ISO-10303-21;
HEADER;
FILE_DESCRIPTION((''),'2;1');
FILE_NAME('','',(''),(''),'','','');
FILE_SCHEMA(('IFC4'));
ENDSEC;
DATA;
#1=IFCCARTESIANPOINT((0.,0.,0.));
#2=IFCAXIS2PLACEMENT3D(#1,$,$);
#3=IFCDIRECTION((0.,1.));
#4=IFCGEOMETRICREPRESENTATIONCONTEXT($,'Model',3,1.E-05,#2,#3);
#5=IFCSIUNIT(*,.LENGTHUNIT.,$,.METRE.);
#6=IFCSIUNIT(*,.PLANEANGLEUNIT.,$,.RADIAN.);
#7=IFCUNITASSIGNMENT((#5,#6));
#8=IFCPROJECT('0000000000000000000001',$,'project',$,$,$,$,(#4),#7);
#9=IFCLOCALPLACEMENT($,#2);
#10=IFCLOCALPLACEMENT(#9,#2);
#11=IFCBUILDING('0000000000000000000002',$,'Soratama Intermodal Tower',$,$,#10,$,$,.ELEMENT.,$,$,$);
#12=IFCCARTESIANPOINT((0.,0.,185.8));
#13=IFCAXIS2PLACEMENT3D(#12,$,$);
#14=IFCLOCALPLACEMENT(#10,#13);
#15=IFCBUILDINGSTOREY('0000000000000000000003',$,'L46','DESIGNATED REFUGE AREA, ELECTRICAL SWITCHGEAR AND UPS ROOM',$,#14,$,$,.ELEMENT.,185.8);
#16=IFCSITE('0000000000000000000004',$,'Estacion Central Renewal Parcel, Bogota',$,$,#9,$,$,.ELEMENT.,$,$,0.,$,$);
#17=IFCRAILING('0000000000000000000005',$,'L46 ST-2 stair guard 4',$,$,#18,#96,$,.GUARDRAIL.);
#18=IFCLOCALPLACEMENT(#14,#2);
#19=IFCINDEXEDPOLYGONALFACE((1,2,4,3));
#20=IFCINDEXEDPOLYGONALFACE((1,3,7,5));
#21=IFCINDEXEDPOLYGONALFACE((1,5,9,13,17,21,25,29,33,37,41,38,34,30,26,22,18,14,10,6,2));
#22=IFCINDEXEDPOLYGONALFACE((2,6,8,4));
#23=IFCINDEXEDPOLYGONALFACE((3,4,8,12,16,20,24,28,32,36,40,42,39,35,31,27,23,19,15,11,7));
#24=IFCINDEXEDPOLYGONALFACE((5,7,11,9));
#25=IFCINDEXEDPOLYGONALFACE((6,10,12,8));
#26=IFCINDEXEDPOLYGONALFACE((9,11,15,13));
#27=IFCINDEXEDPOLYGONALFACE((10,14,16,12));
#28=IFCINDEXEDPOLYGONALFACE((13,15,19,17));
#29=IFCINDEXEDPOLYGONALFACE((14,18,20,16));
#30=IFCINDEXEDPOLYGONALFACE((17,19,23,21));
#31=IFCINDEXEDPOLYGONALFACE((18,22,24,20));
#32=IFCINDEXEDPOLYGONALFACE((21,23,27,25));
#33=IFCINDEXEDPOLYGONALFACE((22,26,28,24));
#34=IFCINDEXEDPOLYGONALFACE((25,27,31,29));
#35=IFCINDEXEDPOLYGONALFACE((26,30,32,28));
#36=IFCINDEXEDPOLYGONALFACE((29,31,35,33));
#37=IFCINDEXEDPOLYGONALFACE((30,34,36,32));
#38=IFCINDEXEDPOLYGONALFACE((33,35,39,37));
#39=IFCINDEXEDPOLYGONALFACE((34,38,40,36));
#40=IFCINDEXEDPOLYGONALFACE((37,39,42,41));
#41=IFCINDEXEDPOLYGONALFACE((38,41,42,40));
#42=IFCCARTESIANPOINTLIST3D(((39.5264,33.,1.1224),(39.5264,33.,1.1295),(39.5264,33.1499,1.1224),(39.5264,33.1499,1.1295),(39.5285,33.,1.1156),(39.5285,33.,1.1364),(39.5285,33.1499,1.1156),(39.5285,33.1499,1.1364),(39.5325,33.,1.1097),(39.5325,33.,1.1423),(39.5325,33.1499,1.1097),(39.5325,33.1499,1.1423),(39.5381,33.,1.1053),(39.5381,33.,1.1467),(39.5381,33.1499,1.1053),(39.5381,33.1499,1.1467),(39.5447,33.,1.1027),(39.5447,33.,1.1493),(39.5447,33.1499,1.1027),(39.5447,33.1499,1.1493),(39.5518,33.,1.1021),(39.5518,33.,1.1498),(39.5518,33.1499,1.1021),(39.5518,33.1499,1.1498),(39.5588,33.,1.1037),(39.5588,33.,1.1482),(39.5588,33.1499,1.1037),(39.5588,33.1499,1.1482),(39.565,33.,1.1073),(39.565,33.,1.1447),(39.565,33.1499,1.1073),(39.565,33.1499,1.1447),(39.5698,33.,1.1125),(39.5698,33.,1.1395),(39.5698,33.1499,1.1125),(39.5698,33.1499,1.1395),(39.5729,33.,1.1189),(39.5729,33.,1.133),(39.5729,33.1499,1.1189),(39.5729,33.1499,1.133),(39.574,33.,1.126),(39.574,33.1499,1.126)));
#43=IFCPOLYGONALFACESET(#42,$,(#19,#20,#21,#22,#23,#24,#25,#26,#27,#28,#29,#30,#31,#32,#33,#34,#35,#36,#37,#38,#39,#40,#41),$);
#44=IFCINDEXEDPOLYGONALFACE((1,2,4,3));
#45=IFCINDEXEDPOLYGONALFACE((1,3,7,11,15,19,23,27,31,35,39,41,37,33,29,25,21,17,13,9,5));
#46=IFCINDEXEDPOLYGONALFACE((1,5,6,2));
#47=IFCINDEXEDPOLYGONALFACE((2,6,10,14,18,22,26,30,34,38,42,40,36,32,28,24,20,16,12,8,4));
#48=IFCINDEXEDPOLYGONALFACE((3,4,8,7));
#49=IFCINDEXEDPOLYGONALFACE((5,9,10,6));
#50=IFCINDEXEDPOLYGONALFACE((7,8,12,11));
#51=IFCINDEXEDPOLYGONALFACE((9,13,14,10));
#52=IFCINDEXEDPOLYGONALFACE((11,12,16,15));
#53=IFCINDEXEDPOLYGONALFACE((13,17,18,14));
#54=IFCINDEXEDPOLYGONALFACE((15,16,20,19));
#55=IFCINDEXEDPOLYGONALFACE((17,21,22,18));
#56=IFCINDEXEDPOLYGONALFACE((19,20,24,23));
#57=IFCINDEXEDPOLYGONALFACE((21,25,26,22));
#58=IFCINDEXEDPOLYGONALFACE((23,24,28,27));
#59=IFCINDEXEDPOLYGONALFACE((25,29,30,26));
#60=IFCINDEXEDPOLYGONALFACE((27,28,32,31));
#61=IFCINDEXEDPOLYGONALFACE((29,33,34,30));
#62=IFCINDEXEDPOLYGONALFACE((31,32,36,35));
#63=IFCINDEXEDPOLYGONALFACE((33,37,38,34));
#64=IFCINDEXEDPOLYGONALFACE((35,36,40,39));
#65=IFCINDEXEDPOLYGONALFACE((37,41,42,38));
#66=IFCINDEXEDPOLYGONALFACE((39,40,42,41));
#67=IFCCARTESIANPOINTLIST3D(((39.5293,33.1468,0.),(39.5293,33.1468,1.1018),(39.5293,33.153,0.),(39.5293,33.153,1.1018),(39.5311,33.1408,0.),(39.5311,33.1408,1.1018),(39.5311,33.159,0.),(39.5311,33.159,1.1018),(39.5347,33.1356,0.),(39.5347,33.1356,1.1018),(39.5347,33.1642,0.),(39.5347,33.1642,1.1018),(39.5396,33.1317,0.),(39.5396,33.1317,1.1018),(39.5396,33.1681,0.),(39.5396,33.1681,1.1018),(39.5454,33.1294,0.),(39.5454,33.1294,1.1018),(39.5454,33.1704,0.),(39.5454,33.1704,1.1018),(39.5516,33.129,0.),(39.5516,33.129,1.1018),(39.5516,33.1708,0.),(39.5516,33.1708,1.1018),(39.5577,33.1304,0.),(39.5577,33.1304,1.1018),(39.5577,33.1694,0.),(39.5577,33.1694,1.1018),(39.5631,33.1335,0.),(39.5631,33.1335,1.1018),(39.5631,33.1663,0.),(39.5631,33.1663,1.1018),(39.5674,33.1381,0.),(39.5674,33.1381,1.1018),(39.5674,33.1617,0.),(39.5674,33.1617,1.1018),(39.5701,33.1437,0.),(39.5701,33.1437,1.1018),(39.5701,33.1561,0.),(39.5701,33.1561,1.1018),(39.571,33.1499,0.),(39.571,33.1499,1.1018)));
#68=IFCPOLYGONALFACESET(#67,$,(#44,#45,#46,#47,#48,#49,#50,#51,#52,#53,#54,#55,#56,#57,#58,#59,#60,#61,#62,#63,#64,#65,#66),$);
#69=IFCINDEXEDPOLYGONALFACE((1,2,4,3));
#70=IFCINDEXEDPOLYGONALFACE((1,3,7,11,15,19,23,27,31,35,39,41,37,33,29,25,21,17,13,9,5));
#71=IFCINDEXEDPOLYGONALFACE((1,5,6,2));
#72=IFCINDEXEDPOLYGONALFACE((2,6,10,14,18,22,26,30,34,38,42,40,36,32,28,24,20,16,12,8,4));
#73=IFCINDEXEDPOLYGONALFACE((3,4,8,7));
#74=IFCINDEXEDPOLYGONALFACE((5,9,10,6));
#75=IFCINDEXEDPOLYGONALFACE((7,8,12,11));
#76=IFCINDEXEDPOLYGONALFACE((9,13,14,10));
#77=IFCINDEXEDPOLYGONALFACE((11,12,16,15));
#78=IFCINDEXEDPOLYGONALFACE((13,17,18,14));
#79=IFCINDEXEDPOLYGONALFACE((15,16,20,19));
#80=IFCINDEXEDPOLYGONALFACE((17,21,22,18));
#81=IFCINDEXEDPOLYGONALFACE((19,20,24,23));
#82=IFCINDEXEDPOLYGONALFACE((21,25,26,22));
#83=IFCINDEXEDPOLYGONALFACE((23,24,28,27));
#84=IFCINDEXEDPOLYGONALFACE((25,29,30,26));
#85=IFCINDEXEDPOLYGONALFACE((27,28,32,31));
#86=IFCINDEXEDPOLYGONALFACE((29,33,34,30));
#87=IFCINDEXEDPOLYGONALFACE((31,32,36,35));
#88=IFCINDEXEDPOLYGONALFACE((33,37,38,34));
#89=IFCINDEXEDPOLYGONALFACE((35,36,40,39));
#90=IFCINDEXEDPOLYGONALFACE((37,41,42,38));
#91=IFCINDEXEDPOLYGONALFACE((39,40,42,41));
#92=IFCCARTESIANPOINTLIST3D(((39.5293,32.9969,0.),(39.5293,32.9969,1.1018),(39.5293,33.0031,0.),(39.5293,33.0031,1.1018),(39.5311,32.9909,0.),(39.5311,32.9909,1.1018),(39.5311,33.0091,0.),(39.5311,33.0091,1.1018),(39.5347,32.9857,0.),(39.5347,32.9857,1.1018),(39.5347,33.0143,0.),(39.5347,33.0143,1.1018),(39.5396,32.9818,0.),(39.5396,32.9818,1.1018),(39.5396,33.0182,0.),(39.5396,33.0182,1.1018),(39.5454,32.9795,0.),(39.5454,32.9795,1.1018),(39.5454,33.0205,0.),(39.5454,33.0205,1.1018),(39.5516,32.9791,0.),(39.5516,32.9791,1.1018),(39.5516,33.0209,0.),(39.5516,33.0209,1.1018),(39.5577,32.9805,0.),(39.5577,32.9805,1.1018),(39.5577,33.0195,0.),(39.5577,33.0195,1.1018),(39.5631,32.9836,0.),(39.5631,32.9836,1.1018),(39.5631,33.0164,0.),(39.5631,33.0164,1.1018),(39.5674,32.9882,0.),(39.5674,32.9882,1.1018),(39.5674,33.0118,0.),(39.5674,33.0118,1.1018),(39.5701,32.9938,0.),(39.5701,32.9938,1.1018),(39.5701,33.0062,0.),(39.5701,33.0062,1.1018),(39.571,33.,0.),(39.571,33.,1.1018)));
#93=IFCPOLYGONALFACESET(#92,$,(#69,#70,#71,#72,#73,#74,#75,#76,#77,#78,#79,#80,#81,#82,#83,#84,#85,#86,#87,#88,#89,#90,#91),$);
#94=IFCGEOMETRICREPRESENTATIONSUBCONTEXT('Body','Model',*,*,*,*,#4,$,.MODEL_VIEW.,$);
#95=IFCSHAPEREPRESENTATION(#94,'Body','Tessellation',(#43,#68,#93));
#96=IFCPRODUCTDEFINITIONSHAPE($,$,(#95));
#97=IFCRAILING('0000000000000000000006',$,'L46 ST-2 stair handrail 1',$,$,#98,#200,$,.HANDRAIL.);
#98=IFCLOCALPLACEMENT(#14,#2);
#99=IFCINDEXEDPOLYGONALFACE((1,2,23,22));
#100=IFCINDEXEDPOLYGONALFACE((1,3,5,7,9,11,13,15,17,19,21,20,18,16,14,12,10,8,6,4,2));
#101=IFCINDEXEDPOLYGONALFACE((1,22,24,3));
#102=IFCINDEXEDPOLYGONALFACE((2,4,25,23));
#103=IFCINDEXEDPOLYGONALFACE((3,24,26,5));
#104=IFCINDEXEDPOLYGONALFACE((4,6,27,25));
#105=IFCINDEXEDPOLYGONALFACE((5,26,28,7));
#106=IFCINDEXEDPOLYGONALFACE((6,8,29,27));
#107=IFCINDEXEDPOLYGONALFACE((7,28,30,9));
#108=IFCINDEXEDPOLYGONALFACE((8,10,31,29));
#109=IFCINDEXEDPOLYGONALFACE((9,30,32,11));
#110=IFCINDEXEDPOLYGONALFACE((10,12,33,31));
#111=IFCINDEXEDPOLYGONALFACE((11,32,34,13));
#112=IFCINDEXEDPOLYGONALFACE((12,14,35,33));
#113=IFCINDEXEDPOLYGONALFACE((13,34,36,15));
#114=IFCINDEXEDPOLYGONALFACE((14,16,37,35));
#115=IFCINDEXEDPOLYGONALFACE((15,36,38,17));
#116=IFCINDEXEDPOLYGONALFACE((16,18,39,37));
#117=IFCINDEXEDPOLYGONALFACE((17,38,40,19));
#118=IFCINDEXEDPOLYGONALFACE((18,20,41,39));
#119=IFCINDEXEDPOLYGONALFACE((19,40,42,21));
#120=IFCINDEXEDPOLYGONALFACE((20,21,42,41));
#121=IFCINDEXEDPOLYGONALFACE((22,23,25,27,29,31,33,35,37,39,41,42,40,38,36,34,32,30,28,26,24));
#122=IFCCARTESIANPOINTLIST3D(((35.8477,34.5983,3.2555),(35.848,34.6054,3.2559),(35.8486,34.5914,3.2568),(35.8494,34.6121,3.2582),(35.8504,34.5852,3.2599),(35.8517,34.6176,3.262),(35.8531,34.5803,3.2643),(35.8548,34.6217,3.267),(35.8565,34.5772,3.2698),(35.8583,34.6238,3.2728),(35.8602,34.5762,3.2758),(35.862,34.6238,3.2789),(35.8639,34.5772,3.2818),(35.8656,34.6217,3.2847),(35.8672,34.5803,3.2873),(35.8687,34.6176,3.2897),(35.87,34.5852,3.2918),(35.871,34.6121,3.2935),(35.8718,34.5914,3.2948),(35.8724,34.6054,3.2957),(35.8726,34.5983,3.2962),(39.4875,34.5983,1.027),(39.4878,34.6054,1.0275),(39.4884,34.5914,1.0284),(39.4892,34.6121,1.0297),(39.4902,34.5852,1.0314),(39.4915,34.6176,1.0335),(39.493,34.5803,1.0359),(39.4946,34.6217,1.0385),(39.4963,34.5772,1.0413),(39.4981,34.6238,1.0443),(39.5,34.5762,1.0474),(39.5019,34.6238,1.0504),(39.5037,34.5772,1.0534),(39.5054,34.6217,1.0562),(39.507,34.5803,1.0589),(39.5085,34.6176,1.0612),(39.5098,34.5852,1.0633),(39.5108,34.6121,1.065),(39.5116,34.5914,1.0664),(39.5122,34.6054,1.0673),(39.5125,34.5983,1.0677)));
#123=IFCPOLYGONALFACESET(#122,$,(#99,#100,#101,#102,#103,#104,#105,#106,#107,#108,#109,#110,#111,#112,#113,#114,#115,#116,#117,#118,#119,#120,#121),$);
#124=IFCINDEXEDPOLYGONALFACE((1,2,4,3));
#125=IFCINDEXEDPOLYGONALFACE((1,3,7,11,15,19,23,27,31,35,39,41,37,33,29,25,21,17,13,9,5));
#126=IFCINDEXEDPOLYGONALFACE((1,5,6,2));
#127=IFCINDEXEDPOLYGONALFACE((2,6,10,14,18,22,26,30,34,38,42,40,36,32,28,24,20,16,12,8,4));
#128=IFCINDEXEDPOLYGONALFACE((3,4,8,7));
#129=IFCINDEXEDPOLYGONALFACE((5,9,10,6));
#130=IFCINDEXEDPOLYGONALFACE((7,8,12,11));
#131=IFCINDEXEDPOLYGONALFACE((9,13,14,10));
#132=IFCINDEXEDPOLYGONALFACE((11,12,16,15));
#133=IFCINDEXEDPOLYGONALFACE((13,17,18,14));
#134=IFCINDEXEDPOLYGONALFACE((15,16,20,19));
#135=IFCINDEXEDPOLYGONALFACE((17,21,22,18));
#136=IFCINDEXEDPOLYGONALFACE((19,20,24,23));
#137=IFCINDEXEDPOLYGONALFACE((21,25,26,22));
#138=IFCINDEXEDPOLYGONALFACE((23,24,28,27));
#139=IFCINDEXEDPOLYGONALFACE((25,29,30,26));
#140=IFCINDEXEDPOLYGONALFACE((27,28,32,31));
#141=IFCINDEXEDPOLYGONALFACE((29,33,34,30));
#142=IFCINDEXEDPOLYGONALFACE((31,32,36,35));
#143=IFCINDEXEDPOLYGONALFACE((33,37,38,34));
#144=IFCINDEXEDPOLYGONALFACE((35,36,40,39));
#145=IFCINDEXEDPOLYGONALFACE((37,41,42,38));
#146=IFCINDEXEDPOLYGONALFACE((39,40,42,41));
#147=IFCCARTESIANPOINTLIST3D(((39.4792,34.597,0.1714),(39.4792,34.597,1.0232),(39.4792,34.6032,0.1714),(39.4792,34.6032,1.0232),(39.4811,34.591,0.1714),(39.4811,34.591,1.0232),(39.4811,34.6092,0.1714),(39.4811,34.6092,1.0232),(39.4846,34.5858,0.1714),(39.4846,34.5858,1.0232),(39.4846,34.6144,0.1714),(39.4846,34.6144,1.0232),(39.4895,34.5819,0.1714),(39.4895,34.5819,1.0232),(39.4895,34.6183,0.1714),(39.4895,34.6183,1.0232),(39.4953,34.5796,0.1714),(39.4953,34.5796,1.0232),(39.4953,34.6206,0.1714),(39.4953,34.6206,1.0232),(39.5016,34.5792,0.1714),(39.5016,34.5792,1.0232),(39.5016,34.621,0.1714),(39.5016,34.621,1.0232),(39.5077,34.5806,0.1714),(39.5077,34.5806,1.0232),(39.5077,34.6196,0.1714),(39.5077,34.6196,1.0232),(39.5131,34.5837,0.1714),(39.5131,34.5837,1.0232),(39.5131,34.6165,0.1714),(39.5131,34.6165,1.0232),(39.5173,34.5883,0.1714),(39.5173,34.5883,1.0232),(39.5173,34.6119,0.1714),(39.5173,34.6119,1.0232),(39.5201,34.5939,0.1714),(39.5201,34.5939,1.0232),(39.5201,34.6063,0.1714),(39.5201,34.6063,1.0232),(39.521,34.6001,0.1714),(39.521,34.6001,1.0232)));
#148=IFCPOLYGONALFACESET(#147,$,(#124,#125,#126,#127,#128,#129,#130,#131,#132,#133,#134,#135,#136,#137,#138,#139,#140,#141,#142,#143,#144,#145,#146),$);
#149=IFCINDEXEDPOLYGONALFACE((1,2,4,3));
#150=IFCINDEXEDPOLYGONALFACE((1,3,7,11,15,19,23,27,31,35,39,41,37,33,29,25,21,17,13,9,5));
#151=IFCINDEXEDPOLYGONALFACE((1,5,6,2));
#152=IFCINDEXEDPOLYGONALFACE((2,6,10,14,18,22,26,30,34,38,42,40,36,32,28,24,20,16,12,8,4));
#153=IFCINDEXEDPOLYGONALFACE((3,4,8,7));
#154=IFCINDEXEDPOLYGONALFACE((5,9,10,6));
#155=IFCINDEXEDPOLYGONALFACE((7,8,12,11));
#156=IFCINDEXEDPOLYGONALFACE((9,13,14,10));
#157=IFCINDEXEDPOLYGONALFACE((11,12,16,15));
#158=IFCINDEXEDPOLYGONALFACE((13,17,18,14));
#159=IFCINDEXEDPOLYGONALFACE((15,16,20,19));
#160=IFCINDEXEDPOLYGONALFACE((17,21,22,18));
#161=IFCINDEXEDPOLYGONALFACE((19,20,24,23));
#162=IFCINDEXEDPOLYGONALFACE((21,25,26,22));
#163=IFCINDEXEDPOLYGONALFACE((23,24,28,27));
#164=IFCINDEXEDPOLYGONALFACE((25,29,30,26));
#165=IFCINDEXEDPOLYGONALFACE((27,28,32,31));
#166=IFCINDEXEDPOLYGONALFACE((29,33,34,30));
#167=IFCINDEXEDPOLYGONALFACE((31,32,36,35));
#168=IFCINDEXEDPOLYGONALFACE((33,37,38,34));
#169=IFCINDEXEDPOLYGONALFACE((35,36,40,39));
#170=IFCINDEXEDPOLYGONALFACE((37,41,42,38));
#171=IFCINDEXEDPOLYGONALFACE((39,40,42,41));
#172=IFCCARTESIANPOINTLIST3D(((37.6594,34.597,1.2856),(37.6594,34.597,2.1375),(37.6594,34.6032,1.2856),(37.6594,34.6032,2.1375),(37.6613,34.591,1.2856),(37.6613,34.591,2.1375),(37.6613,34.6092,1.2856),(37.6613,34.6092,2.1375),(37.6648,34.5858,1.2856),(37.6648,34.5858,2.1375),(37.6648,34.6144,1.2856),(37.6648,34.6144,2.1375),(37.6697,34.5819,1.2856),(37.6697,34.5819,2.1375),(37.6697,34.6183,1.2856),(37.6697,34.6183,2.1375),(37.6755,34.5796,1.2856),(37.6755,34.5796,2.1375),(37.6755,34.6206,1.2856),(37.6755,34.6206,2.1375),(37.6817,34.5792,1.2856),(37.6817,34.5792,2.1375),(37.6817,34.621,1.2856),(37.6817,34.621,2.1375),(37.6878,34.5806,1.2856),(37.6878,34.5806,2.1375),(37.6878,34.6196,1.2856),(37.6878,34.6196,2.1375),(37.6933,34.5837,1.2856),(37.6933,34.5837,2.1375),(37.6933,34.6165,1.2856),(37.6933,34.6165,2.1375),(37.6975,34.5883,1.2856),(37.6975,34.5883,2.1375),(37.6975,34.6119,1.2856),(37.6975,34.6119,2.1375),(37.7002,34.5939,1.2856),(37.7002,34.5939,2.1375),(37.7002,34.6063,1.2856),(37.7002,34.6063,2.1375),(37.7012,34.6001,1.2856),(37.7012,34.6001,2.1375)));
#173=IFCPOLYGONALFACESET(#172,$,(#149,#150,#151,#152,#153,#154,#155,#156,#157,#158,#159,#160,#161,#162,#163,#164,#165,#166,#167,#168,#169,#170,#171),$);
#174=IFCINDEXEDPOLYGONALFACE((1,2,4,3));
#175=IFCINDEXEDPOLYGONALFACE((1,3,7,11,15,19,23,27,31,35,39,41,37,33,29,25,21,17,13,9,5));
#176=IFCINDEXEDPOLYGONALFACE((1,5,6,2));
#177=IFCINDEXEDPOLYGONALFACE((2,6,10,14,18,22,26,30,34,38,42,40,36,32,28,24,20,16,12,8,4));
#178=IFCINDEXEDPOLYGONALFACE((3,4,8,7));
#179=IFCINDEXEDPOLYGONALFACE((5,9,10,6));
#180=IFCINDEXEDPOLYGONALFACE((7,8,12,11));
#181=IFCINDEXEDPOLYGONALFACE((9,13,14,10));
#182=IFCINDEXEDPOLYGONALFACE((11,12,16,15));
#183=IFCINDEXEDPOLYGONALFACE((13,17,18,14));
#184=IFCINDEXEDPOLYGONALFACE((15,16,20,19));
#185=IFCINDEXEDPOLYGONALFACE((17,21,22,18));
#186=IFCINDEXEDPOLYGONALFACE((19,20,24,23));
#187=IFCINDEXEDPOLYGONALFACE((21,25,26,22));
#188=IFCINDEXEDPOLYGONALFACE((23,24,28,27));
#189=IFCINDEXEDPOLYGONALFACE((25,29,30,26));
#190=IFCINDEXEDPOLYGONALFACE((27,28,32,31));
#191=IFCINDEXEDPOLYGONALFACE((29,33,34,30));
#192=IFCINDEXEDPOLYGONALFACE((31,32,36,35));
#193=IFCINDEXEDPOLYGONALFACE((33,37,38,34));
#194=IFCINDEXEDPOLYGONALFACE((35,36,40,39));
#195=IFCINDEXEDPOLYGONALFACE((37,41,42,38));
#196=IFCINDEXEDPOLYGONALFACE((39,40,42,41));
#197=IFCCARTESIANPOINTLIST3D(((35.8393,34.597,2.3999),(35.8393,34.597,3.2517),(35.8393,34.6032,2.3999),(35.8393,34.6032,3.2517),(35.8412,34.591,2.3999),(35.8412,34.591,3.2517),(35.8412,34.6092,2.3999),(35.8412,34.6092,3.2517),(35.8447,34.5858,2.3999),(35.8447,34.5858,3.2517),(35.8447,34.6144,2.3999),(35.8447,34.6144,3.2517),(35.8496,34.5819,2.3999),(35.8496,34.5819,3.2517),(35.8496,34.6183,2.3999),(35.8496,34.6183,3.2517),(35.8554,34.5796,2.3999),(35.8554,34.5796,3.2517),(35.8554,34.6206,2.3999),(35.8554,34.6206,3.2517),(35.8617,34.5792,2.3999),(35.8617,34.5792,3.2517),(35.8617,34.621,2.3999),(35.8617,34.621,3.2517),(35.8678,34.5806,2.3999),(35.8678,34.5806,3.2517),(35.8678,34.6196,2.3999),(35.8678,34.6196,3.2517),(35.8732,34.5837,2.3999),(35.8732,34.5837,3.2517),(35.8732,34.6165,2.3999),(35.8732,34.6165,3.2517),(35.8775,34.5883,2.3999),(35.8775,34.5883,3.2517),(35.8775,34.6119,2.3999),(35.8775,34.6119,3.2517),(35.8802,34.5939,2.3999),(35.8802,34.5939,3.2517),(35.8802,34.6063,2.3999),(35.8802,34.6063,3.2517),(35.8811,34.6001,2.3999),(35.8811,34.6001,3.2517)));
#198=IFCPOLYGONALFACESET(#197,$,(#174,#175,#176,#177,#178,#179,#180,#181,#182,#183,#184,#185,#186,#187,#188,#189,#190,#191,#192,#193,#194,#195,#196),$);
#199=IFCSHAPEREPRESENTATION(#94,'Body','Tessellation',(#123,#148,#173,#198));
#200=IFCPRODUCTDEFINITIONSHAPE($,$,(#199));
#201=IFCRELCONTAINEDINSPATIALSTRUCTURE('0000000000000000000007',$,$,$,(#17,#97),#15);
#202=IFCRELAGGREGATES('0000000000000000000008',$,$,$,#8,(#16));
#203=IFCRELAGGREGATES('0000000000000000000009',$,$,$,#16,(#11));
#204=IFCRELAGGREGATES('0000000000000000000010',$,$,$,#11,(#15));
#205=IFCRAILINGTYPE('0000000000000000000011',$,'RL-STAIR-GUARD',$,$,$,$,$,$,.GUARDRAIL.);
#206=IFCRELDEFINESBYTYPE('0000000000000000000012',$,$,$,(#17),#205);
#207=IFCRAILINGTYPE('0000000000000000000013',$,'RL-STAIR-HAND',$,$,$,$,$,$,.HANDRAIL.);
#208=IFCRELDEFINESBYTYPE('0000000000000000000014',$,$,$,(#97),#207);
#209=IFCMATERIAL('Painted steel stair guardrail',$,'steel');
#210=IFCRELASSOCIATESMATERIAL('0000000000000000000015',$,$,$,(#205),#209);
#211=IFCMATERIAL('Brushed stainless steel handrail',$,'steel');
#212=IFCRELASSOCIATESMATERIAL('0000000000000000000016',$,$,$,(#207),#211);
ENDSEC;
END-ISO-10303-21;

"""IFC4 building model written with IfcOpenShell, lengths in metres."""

from ifc_helpers import new_model, si_unit, direction, frame, origin, origin_2d, place, context, subcontext, project, spatial, circle, extrude, material, type_object, element, save


model = new_model("IFC4")

# Units and contexts
model_context = context("Model", 3, precision=1e-05, world=origin(), true_north=direction((0.0, 1.0)))
body_context = subcontext(model_context, "Body", "Model", "MODEL_VIEW")
ifc_project = project(units=[si_unit("LENGTHUNIT", "METRE"), si_unit("PLANEANGLEUNIT", "RADIAN")], contexts=[model_context])

# Site, building, storey
site_placement = place(None, origin())
site = spatial("IfcSite", under=ifc_project, at=site_placement, Name="Estacion Central Renewal Parcel, Bogota", CompositionType="ELEMENT", RefElevation=0.0)
building_placement = place(site_placement, origin())
building = spatial("IfcBuilding", under=site, at=building_placement, Name="Soratama Intermodal Tower", CompositionType="ELEMENT")
storey_placement = place(building_placement, frame((0.0, 0.0, 185.8)))
storey = spatial("IfcBuildingStorey", under=building, at=storey_placement, Name="L46", Description="DESIGNATED REFUGE AREA, ELECTRICAL SWITCHGEAR AND UPS ROOM", CompositionType="ELEMENT", Elevation=185.8)

# Railings
ifc_material_1 = material(Name="Painted steel stair guardrail", Category="steel")
railing_type_1 = type_object("IfcRailingType", Name="RL-STAIR-GUARD", PredefinedType="GUARDRAIL", material=ifc_material_1)
railing_1_placement = place(storey_placement, frame((39.55, 33.1499, 0.0)))
element("IfcRailing", 1, at=railing_1_placement, inside=storey, type_object=railing_type_1, Name="L46 ST-2 stair guard 4", PredefinedType="GUARDRAIL", context=body_context, shape_type="SweptSolid", body=[
    extrude(circle(Radius=0.0239, at=origin_2d()), frame((0.0, 0.0, 1.126), z_axis=(0.0, -1.0, 0.0), x_axis=(1.0, 0.0, 0.0)), (0.0, 0.0, 1.0), 0.1499),
    extrude(circle(Radius=0.021, at=origin_2d()), origin(), (0.0, 0.0, 1.0), 1.1018),
    extrude(circle(Radius=0.021, at=origin_2d()), frame((0.0, -0.1499, 0.0)), (0.0, 0.0, 1.0), 1.1018),
])
ifc_material_2 = material(Name="Brushed stainless steel handrail", Category="steel")
railing_type_2 = type_object("IfcRailingType", Name="RL-STAIR-HAND", PredefinedType="HANDRAIL", material=ifc_material_2)
railing_2_placement = place(storey_placement, frame((39.5, 34.6001, 0.1714)))
element("IfcRailing", 2, at=railing_2_placement, inside=storey, type_object=railing_type_2, Name="L46 ST-2 stair handrail 1", PredefinedType="HANDRAIL", context=body_context, shape_type="SweptSolid", body=[
    extrude(circle(Radius=0.0239, at=origin_2d()), frame((0.0, 0.0, 0.876), z_axis=(-0.85285, 0.0, 0.522156), x_axis=(0.0, -1.0, 0.0)), (0.0, 0.0, 1.0), 4.2678),
    extrude(circle(Radius=0.021, at=origin_2d()), origin(), (0.0, 0.0, 1.0), 0.8518),
    extrude(circle(Radius=0.021, at=origin_2d()), frame((-1.8198, 0.0, 1.1143)), (0.0, 0.0, 1.0), 0.8518),
    extrude(circle(Radius=0.021, at=origin_2d()), frame((-3.6399, 0.0, 2.2285)), (0.0, 0.0, 1.0), 0.8518),
])

save(model, "model.ifc")
